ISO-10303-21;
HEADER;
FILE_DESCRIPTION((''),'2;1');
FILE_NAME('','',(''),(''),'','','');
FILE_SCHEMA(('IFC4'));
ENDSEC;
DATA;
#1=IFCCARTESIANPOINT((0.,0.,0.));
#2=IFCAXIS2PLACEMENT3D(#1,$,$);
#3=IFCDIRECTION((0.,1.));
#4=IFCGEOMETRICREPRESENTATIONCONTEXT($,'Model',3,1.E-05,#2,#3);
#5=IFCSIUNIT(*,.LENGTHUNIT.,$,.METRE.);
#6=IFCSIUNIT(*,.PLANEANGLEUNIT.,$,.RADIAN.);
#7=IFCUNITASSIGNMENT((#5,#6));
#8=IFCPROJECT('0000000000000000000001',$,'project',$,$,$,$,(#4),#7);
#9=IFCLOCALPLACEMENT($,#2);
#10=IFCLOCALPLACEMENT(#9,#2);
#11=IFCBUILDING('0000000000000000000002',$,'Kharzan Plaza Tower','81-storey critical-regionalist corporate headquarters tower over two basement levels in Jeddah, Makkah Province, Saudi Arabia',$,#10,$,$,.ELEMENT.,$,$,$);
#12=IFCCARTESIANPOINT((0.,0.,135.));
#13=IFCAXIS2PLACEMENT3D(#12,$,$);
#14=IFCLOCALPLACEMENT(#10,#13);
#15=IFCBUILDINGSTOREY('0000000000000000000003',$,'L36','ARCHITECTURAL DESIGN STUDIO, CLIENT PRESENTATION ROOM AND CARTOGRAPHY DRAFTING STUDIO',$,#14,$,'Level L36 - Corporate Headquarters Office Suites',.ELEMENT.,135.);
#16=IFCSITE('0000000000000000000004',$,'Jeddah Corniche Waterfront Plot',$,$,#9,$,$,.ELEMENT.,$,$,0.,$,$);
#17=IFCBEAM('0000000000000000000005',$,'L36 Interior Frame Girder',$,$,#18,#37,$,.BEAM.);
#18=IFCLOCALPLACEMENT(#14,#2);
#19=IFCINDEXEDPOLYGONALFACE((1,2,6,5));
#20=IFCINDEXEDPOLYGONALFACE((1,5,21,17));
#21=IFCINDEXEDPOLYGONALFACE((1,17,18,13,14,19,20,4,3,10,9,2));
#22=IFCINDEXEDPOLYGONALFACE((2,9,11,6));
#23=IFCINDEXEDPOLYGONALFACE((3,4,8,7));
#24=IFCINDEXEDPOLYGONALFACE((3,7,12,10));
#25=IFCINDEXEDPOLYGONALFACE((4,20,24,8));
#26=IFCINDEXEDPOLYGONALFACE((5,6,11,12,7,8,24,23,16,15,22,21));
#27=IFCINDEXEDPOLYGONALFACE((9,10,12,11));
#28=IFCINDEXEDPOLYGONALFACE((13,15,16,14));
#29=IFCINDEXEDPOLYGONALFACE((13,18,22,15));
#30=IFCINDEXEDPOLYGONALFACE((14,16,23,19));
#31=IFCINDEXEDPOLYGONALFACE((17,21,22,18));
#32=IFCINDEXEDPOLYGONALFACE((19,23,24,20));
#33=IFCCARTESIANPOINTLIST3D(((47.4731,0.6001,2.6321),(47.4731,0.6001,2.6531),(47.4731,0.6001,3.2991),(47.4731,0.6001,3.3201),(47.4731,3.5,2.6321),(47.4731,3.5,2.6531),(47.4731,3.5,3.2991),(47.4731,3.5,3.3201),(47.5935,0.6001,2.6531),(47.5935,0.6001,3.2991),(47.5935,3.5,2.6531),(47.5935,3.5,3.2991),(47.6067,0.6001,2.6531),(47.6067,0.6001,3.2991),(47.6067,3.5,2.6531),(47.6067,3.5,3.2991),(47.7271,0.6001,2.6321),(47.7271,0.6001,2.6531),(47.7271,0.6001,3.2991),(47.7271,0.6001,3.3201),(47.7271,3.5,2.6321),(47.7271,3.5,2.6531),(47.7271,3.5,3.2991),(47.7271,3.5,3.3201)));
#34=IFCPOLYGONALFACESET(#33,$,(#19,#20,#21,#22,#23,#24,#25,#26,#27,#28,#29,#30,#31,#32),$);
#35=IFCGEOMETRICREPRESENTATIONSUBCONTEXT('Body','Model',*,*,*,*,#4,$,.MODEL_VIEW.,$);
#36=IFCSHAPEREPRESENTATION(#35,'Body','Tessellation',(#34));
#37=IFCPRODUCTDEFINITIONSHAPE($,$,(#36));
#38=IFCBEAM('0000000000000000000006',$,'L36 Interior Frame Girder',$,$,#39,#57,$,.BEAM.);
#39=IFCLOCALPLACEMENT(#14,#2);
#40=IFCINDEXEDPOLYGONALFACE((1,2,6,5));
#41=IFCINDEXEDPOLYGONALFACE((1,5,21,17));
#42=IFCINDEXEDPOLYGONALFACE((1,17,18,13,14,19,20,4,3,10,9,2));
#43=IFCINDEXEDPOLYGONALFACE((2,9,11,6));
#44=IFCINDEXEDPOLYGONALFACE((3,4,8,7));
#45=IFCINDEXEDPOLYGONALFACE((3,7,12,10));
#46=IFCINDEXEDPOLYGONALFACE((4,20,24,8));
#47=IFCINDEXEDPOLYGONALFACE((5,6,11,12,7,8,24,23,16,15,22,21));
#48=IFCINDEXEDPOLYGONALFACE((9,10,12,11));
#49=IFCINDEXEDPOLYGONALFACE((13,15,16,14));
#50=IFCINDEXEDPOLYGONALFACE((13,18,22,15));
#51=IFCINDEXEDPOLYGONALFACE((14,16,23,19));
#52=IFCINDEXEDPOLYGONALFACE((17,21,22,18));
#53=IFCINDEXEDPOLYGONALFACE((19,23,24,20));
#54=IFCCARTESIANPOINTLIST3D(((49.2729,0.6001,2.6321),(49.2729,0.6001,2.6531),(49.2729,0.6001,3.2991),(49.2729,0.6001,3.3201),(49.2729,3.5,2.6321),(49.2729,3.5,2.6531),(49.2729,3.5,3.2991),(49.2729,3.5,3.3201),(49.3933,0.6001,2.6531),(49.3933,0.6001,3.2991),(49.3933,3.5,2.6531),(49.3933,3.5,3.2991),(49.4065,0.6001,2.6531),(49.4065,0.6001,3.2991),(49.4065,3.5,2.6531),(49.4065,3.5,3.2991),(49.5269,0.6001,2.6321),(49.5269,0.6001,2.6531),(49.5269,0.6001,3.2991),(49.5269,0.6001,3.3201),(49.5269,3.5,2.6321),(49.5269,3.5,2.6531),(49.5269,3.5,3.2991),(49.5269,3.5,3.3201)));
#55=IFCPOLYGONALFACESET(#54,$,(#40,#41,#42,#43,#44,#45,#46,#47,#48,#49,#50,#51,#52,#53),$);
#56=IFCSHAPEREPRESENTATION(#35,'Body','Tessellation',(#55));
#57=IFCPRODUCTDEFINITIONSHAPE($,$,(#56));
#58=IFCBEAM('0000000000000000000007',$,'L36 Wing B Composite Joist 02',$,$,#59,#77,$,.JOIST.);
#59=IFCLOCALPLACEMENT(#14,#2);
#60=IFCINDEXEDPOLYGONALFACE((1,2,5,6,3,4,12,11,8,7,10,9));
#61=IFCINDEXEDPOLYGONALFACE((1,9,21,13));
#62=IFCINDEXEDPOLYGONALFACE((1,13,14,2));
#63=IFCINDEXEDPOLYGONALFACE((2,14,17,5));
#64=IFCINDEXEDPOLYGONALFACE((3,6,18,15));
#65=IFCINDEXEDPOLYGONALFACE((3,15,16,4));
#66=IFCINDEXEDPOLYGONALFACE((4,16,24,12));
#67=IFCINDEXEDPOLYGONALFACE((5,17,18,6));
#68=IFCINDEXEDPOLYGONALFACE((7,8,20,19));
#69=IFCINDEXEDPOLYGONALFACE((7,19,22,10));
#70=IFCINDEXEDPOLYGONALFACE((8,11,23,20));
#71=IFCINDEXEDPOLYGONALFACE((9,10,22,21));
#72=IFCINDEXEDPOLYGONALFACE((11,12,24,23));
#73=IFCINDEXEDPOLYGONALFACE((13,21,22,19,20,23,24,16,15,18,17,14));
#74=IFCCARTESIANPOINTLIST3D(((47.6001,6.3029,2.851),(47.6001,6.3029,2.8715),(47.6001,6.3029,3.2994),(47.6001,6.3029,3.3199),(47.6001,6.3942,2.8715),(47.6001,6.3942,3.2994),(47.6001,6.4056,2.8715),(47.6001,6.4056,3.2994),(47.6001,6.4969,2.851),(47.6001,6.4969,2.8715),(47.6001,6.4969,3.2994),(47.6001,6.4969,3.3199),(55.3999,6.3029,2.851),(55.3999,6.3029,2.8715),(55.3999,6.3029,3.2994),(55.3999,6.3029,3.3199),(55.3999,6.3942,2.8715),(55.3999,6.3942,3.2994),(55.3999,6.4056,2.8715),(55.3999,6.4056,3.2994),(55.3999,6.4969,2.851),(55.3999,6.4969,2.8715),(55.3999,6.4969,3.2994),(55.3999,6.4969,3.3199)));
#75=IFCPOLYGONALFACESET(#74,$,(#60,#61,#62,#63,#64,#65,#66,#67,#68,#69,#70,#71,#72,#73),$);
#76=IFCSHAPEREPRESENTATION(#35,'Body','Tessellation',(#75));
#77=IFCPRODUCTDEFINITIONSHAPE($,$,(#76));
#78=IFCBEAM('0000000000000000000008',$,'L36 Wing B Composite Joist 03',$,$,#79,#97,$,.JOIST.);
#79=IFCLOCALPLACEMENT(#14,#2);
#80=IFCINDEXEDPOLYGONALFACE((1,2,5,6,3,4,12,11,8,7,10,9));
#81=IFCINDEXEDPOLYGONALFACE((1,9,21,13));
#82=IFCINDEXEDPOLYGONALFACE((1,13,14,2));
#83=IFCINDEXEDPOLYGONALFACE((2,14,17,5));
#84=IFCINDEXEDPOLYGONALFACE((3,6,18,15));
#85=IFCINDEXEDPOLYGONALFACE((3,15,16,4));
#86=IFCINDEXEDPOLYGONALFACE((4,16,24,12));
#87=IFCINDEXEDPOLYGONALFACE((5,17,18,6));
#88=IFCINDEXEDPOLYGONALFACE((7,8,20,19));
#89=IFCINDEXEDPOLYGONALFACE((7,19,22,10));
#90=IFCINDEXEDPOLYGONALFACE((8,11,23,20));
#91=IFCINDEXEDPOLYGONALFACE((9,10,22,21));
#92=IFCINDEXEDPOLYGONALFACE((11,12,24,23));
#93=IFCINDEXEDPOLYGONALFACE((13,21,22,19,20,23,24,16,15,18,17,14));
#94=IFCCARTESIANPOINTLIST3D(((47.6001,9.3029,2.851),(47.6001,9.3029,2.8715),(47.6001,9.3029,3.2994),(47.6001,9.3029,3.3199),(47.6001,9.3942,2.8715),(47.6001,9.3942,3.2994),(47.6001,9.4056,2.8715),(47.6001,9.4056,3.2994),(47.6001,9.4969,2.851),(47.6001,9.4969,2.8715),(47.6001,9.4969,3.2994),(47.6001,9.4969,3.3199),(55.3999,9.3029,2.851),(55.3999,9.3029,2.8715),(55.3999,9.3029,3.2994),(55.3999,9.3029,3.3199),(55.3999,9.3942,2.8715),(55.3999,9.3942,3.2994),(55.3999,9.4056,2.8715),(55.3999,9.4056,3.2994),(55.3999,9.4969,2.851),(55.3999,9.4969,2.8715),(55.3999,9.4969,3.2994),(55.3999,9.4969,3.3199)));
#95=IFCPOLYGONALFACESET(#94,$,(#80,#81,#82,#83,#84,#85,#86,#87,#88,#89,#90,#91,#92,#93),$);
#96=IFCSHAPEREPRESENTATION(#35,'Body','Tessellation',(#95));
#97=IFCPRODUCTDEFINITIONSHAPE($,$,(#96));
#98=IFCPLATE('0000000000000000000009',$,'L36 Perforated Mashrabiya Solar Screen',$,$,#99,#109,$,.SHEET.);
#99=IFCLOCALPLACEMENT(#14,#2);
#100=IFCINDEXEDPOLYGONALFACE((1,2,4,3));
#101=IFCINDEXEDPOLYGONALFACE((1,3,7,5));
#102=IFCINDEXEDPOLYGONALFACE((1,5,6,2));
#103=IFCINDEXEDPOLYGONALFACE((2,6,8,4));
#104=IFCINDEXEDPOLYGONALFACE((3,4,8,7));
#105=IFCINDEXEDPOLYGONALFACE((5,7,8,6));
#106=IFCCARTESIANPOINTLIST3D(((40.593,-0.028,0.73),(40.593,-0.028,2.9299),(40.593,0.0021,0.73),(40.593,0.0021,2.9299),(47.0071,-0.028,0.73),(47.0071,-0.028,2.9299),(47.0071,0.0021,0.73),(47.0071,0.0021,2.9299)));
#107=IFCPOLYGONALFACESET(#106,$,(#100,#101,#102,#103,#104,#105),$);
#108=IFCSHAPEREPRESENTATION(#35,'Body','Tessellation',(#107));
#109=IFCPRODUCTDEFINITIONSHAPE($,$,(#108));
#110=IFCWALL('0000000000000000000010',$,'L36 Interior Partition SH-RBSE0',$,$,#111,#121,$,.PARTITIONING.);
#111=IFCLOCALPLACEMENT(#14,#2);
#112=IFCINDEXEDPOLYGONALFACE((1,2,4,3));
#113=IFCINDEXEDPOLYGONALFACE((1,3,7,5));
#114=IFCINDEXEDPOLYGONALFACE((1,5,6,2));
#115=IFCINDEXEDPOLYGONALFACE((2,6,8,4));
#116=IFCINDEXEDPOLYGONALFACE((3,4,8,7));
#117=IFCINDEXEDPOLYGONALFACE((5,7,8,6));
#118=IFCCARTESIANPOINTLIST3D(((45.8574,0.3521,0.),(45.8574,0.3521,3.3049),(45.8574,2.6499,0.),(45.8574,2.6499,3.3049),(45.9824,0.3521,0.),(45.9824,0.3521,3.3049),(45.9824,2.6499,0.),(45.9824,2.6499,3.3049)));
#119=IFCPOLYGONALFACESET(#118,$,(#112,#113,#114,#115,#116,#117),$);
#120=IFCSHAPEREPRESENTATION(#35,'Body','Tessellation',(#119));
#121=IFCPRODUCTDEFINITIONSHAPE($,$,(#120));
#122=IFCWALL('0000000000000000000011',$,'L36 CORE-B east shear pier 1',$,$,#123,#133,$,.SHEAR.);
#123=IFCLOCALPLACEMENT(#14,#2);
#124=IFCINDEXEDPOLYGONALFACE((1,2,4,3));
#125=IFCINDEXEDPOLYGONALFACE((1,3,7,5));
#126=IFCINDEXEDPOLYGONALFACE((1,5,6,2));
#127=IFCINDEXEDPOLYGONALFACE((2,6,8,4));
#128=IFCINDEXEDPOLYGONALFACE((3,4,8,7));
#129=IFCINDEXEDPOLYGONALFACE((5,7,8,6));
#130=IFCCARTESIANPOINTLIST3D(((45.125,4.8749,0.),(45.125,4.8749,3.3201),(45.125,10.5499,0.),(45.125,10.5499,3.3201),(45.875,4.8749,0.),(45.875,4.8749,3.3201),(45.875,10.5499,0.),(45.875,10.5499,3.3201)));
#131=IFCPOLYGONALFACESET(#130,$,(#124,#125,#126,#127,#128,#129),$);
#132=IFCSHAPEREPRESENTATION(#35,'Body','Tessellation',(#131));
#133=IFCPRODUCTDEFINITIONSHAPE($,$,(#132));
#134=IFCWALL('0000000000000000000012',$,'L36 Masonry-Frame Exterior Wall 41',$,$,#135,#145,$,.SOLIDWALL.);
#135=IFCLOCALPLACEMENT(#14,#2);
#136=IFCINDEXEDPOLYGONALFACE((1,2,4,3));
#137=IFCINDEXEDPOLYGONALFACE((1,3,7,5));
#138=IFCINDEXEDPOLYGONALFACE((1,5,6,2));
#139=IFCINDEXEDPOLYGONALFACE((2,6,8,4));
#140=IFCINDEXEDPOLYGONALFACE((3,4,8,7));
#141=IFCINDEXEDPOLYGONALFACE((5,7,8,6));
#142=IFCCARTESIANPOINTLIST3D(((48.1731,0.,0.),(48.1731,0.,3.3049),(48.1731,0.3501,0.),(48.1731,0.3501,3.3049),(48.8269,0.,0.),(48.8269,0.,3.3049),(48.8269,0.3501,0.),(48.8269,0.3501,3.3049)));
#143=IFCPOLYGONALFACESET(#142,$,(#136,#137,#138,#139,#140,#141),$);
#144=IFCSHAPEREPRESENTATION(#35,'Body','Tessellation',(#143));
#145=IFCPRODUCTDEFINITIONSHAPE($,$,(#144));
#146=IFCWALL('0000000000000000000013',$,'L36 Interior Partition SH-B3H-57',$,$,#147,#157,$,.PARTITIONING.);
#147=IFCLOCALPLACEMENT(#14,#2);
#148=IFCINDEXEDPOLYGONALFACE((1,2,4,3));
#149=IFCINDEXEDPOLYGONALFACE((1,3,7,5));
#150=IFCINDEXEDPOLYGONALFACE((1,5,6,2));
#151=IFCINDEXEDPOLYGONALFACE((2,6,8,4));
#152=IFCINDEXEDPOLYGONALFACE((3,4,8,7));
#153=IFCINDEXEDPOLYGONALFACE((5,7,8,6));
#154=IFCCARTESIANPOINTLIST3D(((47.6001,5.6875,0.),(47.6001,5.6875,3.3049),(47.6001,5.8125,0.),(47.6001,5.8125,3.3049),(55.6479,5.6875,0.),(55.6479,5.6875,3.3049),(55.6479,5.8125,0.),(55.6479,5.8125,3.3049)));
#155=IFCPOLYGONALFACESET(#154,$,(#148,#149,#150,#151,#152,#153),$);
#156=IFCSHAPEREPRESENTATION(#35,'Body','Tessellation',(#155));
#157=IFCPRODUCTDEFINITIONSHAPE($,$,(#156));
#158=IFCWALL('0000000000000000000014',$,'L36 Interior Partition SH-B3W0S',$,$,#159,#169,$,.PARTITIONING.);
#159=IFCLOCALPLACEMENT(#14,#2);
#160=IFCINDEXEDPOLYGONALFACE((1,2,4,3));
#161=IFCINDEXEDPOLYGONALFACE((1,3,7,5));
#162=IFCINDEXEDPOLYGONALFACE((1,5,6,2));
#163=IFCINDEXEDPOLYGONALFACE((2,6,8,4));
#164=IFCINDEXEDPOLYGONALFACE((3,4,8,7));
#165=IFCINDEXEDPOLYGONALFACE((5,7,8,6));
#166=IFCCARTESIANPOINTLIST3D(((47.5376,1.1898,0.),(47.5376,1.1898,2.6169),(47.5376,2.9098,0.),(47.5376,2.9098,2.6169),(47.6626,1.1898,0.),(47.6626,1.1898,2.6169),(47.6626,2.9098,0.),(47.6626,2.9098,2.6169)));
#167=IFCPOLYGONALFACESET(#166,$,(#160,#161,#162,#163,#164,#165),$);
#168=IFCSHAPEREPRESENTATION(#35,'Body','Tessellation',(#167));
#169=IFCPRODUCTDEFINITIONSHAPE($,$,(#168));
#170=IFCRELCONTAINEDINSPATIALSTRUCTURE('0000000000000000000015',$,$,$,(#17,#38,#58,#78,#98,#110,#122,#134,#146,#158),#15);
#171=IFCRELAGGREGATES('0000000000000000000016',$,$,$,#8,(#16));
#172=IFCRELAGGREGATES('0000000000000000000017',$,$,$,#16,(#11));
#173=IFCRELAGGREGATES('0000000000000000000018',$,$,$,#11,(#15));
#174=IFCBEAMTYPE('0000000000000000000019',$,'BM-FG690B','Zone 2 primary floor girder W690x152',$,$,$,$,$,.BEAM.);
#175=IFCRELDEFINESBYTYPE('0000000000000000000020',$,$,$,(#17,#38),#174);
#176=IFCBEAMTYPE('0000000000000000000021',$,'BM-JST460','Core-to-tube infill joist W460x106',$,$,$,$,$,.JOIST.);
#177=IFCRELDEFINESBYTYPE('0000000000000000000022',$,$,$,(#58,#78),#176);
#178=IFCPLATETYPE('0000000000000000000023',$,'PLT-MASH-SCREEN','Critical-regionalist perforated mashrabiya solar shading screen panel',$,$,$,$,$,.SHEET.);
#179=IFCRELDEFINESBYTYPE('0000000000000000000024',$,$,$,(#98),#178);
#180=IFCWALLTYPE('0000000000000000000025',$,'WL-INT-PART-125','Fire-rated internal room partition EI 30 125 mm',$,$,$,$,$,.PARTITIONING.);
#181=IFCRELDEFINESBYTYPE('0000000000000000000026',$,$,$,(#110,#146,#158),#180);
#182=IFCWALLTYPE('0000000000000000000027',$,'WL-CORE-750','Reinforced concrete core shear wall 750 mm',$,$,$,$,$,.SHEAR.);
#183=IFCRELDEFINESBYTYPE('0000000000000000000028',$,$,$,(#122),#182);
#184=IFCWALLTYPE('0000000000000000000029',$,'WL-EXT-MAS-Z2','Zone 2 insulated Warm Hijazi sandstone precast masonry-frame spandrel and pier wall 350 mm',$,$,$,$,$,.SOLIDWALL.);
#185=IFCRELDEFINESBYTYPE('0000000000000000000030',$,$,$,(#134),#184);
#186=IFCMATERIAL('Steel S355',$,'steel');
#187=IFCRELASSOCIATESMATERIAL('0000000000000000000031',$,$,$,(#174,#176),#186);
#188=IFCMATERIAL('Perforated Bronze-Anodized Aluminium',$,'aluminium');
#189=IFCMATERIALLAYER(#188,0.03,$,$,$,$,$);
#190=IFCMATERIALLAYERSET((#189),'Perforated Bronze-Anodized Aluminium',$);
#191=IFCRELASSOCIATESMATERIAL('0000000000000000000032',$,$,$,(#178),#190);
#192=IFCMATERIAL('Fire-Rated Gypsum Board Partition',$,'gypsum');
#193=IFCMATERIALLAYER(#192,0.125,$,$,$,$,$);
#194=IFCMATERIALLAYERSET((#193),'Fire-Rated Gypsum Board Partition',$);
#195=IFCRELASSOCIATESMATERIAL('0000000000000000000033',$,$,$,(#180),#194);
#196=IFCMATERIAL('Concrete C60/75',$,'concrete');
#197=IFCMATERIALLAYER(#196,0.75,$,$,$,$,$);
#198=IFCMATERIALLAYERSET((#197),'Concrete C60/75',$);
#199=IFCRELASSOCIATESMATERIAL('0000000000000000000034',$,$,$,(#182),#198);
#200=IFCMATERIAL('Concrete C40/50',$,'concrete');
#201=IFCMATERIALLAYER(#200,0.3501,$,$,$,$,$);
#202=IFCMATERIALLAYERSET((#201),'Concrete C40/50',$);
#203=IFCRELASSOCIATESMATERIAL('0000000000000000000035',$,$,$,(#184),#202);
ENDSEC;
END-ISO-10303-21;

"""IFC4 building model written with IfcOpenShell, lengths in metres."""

from ifc_helpers import new_model, si_unit, direction, frame, frame_2d, origin, origin_2d, place, context, subcontext, project, spatial, rectangle, i_section, extrude, source, transform, mapped, material, layer, layer_set, material_profile, profile_set, type_object, element, save


model = new_model("IFC4")

# Units and contexts
model_context = context("Model", 3, precision=1e-05, world=origin(), true_north=direction((0.0, 1.0)))
body_context = subcontext(model_context, "Body", "Model", "MODEL_VIEW")
ifc_project = project(units=[si_unit("LENGTHUNIT", "METRE"), si_unit("PLANEANGLEUNIT", "RADIAN")], contexts=[model_context])

# Site, building, storey
site_placement = place(None, origin())
site = spatial("IfcSite", under=ifc_project, at=site_placement, Name="Jeddah Corniche Waterfront Plot", CompositionType="ELEMENT", RefElevation=0.0)
building_placement = place(site_placement, origin())
building = spatial("IfcBuilding", under=site, at=building_placement, Name="Kharzan Plaza Tower", Description="81-storey critical-regionalist corporate headquarters tower over two basement levels in Jeddah, Makkah Province, Saudi Arabia", CompositionType="ELEMENT")
storey_placement = place(building_placement, frame((0.0, 0.0, 135.0)))
storey = spatial("IfcBuildingStorey", under=building, at=storey_placement, Name="L36", Description="ARCHITECTURAL DESIGN STUDIO, CLIENT PRESENTATION ROOM AND CARTOGRAPHY DRAFTING STUDIO", LongName="Level L36 - Corporate Headquarters Office Suites", CompositionType="ELEMENT", Elevation=135.0)

# Shared definitions
ifc_material_1 = material(Name="Concrete C60/75", Category="concrete")

# Beams
ifc_material_2 = material(Name="Steel S355", Category="steel")
ifc_material_profile_1 = material_profile(ifc_material_2, i_section(OverallWidth=0.2539, OverallDepth=0.688, WebThickness=0.0132, FlangeThickness=0.021, at=origin_2d()), Name="W690x152")
ifc_profile_set_1 = profile_set([ifc_material_profile_1], Name="Steel S355")
beam_type_1 = type_object("IfcBeamType", Name="BM-FG690B", Description="Zone 2 primary floor girder W690x152", PredefinedType="BEAM", material=ifc_profile_set_1)
shared_shape_1 = source(origin(), body_context, "Body", "SweptSolid", [
    extrude(i_section(OverallWidth=0.2539, OverallDepth=0.688, WebThickness=0.0132, FlangeThickness=0.021, at=origin_2d()), origin(), (0.0, 0.0, 1.0), 2.8999),
])
for number, where, z_axis, x_axis, name in (
    (1, (47.6001, 0.6001, 2.9761), (0.0, 1.0, 0.0), (-1.0, 0.0, 0.0), "L36 Interior Frame Girder"),
    (2, (49.3999, 0.6001, 2.9761), (0.0, 1.0, 0.0), (-1.0, 0.0, 0.0), "L36 Interior Frame Girder"),
):
    element("IfcBeam", number, at=place(storey_placement, frame(where, z_axis=z_axis, x_axis=x_axis)), inside=storey, type_object=beam_type_1, Name=name, PredefinedType="BEAM", context=body_context, shape_type="MappedRepresentation", body=[
        mapped(shared_shape_1, transform((0.0, 0.0, 0.0), x_axis=(1.0, 0.0, 0.0), y_axis=(0.0, 1.0, 0.0), z_axis=(0.0, 0.0, 1.0))),
    ])
ifc_material_profile_2 = material_profile(ifc_material_2, i_section(OverallWidth=0.1941, OverallDepth=0.469, WebThickness=0.0115, FlangeThickness=0.0205, at=origin_2d()), Name="W460x106")
ifc_profile_set_2 = profile_set([ifc_material_profile_2], Name="Steel S355")
beam_type_2 = type_object("IfcBeamType", Name="BM-JST460", Description="Core-to-tube infill joist W460x106", PredefinedType="JOIST", material=ifc_profile_set_2)
shared_shape_2 = source(origin(), body_context, "Body", "SweptSolid", [
    extrude(i_section(OverallWidth=0.1941, OverallDepth=0.469, WebThickness=0.0115, FlangeThickness=0.0205, at=origin_2d()), origin(), (0.0, 0.0, 1.0), 7.7998),
])
for number, where, z_axis, x_axis, name in (
    (3, (47.6001, 6.3999, 3.0854), (1.0, 0.0, 0.0), (0.0, 1.0, 0.0), "L36 Wing B Composite Joist 02"),
    (4, (47.6001, 9.3999, 3.0854), (1.0, 0.0, 0.0), (0.0, 1.0, 0.0), "L36 Wing B Composite Joist 03"),
):
    element("IfcBeam", number, at=place(storey_placement, frame(where, z_axis=z_axis, x_axis=x_axis)), inside=storey, type_object=beam_type_2, Name=name, PredefinedType="JOIST", context=body_context, shape_type="MappedRepresentation", body=[
        mapped(shared_shape_2, transform((0.0, 0.0, 0.0), x_axis=(1.0, 0.0, 0.0), y_axis=(0.0, 1.0, 0.0), z_axis=(0.0, 0.0, 1.0))),
    ])

# Plate
ifc_material_3 = material(Name="Perforated Bronze-Anodized Aluminium", Category="aluminium")
ifc_layer_1 = layer(ifc_material_3, 0.03)
ifc_layer_set_1 = layer_set([ifc_layer_1], Name="Perforated Bronze-Anodized Aluminium")
plate_type = type_object("IfcPlateType", Name="PLT-MASH-SCREEN", Description="Critical-regionalist perforated mashrabiya solar shading screen panel", PredefinedType="SHEET", material=ifc_layer_set_1)
shared_shape_3 = source(origin(), body_context, "Body", "SweptSolid", [
    extrude(rectangle(XDim=6.4141, YDim=0.03, at=origin_2d()), origin(), (0.0, 0.0, 1.0), 2.2),
])
plate_placement = place(storey_placement, frame((43.8, -0.0129, 0.73), z_axis=(0.0, 0.0, 1.0), x_axis=(1.0, 0.0, 0.0)))
element("IfcPlate", 5, at=plate_placement, inside=storey, type_object=plate_type, Name="L36 Perforated Mashrabiya Solar Screen", PredefinedType="SHEET", context=body_context, shape_type="MappedRepresentation", body=[
    mapped(shared_shape_3, transform((0.0, 0.0, 0.0), x_axis=(1.0, 0.0, 0.0), y_axis=(0.0, 1.0, 0.0), z_axis=(0.0, 0.0, 1.0))),
])

# Shared definitions
ifc_material_4 = material(Name="Fire-Rated Gypsum Board Partition", Category="gypsum")
ifc_layer_2 = layer(ifc_material_4, 0.125)
ifc_layer_set_2 = layer_set([ifc_layer_2], Name="Fire-Rated Gypsum Board Partition")
wall_type_1 = type_object("IfcWallType", Name="WL-INT-PART-125", Description="Fire-rated internal room partition EI 30 125 mm", PredefinedType="PARTITIONING", material=ifc_layer_set_2)

# Walls
shared_shape_4 = source(origin(), body_context, "Body", "SweptSolid", [
    extrude(rectangle(XDim=2.2979, YDim=0.125, at=frame_2d((1.1489, 0.0))), origin(), (0.0, 0.0, 1.0), 3.3049),
])
wall_1_placement = place(storey_placement, frame((45.9199, 0.3521, 0.0), z_axis=(0.0, 0.0, 1.0), x_axis=(0.0, 1.0, 0.0)))
element("IfcWall", 6, at=wall_1_placement, inside=storey, type_object=wall_type_1, Name="L36 Interior Partition SH-RBSE0", PredefinedType="PARTITIONING", context=body_context, shape_type="MappedRepresentation", body=[
    mapped(shared_shape_4, transform((0.0, 0.0, 0.0), x_axis=(1.0, 0.0, 0.0), y_axis=(0.0, 1.0, 0.0), z_axis=(0.0, 0.0, 1.0))),
])
ifc_layer_3 = layer(ifc_material_1, 0.75)
ifc_layer_set_3 = layer_set([ifc_layer_3], Name="Concrete C60/75")
wall_type_2 = type_object("IfcWallType", Name="WL-CORE-750", Description="Reinforced concrete core shear wall 750 mm", PredefinedType="SHEAR", material=ifc_layer_set_3)
shared_shape_5 = source(origin(), body_context, "Body", "SweptSolid", [
    extrude(rectangle(XDim=5.675, YDim=0.75, at=frame_2d((2.8374, 0.0))), origin(), (0.0, 0.0, 1.0), 3.3201),
])
wall_2_placement = place(storey_placement, frame((45.5, 4.875, 0.0), z_axis=(0.0, 0.0, 1.0), x_axis=(0.0, 1.0, 0.0)))
element("IfcWall", 7, at=wall_2_placement, inside=storey, type_object=wall_type_2, Name="L36 CORE-B east shear pier 1", PredefinedType="SHEAR", context=body_context, shape_type="MappedRepresentation", body=[
    mapped(shared_shape_5, transform((0.0, 0.0, 0.0), x_axis=(1.0, 0.0, 0.0), y_axis=(0.0, 1.0, 0.0), z_axis=(0.0, 0.0, 1.0))),
])
ifc_material_5 = material(Name="Concrete C40/50", Category="concrete")
ifc_layer_4 = layer(ifc_material_5, 0.3501)
ifc_layer_set_4 = layer_set([ifc_layer_4], Name="Concrete C40/50")
wall_type_3 = type_object("IfcWallType", Name="WL-EXT-MAS-Z2", Description="Zone 2 insulated Warm Hijazi sandstone precast masonry-frame spandrel and pier wall 350 mm", PredefinedType="SOLIDWALL", material=ifc_layer_set_4)
shared_shape_6 = source(origin(), body_context, "Body", "SweptSolid", [
    extrude(rectangle(XDim=0.6538, YDim=0.3501, at=frame_2d((0.3269, 0.0))), origin(), (0.0, 0.0, 1.0), 3.3049),
])
wall_3_placement = place(storey_placement, frame((48.1731, 0.175, 0.0), z_axis=(0.0, 0.0, 1.0), x_axis=(1.0, 0.0, 0.0)))
element("IfcWall", 8, at=wall_3_placement, inside=storey, type_object=wall_type_3, Name="L36 Masonry-Frame Exterior Wall 41", PredefinedType="SOLIDWALL", context=body_context, shape_type="MappedRepresentation", body=[
    mapped(shared_shape_6, transform((0.0, 0.0, 0.0), x_axis=(1.0, 0.0, 0.0), y_axis=(0.0, 1.0, 0.0), z_axis=(0.0, 0.0, 1.0))),
])
shared_shape_7 = source(origin(), body_context, "Body", "SweptSolid", [
    extrude(rectangle(XDim=8.0479, YDim=0.125, at=frame_2d((4.0239, 0.0))), origin(), (0.0, 0.0, 1.0), 3.3049),
])
wall_4_placement = place(storey_placement, frame((47.6001, 5.75, 0.0), z_axis=(0.0, 0.0, 1.0), x_axis=(1.0, 0.0, 0.0)))
element("IfcWall", 9, at=wall_4_placement, inside=storey, type_object=wall_type_1, Name="L36 Interior Partition SH-B3H-57", PredefinedType="PARTITIONING", context=body_context, shape_type="MappedRepresentation", body=[
    mapped(shared_shape_7, transform((0.0, 0.0, 0.0), x_axis=(1.0, 0.0, 0.0), y_axis=(0.0, 1.0, 0.0), z_axis=(0.0, 0.0, 1.0))),
])
shared_shape_8 = source(origin(), body_context, "Body", "SweptSolid", [
    extrude(rectangle(XDim=1.72, YDim=0.125, at=frame_2d((0.8599, 0.0))), origin(), (0.0, 0.0, 1.0), 2.6169),
])
wall_5_placement = place(storey_placement, frame((47.6001, 1.1899, 0.0), z_axis=(0.0, 0.0, 1.0), x_axis=(0.0, 1.0, 0.0)))
element("IfcWall", 10, at=wall_5_placement, inside=storey, type_object=wall_type_1, Name="L36 Interior Partition SH-B3W0S", PredefinedType="PARTITIONING", context=body_context, shape_type="MappedRepresentation", body=[
    mapped(shared_shape_8, transform((0.0, 0.0, 0.0), x_axis=(1.0, 0.0, 0.0), y_axis=(0.0, 1.0, 0.0), z_axis=(0.0, 0.0, 1.0))),
])

save(model, "model.ifc")
